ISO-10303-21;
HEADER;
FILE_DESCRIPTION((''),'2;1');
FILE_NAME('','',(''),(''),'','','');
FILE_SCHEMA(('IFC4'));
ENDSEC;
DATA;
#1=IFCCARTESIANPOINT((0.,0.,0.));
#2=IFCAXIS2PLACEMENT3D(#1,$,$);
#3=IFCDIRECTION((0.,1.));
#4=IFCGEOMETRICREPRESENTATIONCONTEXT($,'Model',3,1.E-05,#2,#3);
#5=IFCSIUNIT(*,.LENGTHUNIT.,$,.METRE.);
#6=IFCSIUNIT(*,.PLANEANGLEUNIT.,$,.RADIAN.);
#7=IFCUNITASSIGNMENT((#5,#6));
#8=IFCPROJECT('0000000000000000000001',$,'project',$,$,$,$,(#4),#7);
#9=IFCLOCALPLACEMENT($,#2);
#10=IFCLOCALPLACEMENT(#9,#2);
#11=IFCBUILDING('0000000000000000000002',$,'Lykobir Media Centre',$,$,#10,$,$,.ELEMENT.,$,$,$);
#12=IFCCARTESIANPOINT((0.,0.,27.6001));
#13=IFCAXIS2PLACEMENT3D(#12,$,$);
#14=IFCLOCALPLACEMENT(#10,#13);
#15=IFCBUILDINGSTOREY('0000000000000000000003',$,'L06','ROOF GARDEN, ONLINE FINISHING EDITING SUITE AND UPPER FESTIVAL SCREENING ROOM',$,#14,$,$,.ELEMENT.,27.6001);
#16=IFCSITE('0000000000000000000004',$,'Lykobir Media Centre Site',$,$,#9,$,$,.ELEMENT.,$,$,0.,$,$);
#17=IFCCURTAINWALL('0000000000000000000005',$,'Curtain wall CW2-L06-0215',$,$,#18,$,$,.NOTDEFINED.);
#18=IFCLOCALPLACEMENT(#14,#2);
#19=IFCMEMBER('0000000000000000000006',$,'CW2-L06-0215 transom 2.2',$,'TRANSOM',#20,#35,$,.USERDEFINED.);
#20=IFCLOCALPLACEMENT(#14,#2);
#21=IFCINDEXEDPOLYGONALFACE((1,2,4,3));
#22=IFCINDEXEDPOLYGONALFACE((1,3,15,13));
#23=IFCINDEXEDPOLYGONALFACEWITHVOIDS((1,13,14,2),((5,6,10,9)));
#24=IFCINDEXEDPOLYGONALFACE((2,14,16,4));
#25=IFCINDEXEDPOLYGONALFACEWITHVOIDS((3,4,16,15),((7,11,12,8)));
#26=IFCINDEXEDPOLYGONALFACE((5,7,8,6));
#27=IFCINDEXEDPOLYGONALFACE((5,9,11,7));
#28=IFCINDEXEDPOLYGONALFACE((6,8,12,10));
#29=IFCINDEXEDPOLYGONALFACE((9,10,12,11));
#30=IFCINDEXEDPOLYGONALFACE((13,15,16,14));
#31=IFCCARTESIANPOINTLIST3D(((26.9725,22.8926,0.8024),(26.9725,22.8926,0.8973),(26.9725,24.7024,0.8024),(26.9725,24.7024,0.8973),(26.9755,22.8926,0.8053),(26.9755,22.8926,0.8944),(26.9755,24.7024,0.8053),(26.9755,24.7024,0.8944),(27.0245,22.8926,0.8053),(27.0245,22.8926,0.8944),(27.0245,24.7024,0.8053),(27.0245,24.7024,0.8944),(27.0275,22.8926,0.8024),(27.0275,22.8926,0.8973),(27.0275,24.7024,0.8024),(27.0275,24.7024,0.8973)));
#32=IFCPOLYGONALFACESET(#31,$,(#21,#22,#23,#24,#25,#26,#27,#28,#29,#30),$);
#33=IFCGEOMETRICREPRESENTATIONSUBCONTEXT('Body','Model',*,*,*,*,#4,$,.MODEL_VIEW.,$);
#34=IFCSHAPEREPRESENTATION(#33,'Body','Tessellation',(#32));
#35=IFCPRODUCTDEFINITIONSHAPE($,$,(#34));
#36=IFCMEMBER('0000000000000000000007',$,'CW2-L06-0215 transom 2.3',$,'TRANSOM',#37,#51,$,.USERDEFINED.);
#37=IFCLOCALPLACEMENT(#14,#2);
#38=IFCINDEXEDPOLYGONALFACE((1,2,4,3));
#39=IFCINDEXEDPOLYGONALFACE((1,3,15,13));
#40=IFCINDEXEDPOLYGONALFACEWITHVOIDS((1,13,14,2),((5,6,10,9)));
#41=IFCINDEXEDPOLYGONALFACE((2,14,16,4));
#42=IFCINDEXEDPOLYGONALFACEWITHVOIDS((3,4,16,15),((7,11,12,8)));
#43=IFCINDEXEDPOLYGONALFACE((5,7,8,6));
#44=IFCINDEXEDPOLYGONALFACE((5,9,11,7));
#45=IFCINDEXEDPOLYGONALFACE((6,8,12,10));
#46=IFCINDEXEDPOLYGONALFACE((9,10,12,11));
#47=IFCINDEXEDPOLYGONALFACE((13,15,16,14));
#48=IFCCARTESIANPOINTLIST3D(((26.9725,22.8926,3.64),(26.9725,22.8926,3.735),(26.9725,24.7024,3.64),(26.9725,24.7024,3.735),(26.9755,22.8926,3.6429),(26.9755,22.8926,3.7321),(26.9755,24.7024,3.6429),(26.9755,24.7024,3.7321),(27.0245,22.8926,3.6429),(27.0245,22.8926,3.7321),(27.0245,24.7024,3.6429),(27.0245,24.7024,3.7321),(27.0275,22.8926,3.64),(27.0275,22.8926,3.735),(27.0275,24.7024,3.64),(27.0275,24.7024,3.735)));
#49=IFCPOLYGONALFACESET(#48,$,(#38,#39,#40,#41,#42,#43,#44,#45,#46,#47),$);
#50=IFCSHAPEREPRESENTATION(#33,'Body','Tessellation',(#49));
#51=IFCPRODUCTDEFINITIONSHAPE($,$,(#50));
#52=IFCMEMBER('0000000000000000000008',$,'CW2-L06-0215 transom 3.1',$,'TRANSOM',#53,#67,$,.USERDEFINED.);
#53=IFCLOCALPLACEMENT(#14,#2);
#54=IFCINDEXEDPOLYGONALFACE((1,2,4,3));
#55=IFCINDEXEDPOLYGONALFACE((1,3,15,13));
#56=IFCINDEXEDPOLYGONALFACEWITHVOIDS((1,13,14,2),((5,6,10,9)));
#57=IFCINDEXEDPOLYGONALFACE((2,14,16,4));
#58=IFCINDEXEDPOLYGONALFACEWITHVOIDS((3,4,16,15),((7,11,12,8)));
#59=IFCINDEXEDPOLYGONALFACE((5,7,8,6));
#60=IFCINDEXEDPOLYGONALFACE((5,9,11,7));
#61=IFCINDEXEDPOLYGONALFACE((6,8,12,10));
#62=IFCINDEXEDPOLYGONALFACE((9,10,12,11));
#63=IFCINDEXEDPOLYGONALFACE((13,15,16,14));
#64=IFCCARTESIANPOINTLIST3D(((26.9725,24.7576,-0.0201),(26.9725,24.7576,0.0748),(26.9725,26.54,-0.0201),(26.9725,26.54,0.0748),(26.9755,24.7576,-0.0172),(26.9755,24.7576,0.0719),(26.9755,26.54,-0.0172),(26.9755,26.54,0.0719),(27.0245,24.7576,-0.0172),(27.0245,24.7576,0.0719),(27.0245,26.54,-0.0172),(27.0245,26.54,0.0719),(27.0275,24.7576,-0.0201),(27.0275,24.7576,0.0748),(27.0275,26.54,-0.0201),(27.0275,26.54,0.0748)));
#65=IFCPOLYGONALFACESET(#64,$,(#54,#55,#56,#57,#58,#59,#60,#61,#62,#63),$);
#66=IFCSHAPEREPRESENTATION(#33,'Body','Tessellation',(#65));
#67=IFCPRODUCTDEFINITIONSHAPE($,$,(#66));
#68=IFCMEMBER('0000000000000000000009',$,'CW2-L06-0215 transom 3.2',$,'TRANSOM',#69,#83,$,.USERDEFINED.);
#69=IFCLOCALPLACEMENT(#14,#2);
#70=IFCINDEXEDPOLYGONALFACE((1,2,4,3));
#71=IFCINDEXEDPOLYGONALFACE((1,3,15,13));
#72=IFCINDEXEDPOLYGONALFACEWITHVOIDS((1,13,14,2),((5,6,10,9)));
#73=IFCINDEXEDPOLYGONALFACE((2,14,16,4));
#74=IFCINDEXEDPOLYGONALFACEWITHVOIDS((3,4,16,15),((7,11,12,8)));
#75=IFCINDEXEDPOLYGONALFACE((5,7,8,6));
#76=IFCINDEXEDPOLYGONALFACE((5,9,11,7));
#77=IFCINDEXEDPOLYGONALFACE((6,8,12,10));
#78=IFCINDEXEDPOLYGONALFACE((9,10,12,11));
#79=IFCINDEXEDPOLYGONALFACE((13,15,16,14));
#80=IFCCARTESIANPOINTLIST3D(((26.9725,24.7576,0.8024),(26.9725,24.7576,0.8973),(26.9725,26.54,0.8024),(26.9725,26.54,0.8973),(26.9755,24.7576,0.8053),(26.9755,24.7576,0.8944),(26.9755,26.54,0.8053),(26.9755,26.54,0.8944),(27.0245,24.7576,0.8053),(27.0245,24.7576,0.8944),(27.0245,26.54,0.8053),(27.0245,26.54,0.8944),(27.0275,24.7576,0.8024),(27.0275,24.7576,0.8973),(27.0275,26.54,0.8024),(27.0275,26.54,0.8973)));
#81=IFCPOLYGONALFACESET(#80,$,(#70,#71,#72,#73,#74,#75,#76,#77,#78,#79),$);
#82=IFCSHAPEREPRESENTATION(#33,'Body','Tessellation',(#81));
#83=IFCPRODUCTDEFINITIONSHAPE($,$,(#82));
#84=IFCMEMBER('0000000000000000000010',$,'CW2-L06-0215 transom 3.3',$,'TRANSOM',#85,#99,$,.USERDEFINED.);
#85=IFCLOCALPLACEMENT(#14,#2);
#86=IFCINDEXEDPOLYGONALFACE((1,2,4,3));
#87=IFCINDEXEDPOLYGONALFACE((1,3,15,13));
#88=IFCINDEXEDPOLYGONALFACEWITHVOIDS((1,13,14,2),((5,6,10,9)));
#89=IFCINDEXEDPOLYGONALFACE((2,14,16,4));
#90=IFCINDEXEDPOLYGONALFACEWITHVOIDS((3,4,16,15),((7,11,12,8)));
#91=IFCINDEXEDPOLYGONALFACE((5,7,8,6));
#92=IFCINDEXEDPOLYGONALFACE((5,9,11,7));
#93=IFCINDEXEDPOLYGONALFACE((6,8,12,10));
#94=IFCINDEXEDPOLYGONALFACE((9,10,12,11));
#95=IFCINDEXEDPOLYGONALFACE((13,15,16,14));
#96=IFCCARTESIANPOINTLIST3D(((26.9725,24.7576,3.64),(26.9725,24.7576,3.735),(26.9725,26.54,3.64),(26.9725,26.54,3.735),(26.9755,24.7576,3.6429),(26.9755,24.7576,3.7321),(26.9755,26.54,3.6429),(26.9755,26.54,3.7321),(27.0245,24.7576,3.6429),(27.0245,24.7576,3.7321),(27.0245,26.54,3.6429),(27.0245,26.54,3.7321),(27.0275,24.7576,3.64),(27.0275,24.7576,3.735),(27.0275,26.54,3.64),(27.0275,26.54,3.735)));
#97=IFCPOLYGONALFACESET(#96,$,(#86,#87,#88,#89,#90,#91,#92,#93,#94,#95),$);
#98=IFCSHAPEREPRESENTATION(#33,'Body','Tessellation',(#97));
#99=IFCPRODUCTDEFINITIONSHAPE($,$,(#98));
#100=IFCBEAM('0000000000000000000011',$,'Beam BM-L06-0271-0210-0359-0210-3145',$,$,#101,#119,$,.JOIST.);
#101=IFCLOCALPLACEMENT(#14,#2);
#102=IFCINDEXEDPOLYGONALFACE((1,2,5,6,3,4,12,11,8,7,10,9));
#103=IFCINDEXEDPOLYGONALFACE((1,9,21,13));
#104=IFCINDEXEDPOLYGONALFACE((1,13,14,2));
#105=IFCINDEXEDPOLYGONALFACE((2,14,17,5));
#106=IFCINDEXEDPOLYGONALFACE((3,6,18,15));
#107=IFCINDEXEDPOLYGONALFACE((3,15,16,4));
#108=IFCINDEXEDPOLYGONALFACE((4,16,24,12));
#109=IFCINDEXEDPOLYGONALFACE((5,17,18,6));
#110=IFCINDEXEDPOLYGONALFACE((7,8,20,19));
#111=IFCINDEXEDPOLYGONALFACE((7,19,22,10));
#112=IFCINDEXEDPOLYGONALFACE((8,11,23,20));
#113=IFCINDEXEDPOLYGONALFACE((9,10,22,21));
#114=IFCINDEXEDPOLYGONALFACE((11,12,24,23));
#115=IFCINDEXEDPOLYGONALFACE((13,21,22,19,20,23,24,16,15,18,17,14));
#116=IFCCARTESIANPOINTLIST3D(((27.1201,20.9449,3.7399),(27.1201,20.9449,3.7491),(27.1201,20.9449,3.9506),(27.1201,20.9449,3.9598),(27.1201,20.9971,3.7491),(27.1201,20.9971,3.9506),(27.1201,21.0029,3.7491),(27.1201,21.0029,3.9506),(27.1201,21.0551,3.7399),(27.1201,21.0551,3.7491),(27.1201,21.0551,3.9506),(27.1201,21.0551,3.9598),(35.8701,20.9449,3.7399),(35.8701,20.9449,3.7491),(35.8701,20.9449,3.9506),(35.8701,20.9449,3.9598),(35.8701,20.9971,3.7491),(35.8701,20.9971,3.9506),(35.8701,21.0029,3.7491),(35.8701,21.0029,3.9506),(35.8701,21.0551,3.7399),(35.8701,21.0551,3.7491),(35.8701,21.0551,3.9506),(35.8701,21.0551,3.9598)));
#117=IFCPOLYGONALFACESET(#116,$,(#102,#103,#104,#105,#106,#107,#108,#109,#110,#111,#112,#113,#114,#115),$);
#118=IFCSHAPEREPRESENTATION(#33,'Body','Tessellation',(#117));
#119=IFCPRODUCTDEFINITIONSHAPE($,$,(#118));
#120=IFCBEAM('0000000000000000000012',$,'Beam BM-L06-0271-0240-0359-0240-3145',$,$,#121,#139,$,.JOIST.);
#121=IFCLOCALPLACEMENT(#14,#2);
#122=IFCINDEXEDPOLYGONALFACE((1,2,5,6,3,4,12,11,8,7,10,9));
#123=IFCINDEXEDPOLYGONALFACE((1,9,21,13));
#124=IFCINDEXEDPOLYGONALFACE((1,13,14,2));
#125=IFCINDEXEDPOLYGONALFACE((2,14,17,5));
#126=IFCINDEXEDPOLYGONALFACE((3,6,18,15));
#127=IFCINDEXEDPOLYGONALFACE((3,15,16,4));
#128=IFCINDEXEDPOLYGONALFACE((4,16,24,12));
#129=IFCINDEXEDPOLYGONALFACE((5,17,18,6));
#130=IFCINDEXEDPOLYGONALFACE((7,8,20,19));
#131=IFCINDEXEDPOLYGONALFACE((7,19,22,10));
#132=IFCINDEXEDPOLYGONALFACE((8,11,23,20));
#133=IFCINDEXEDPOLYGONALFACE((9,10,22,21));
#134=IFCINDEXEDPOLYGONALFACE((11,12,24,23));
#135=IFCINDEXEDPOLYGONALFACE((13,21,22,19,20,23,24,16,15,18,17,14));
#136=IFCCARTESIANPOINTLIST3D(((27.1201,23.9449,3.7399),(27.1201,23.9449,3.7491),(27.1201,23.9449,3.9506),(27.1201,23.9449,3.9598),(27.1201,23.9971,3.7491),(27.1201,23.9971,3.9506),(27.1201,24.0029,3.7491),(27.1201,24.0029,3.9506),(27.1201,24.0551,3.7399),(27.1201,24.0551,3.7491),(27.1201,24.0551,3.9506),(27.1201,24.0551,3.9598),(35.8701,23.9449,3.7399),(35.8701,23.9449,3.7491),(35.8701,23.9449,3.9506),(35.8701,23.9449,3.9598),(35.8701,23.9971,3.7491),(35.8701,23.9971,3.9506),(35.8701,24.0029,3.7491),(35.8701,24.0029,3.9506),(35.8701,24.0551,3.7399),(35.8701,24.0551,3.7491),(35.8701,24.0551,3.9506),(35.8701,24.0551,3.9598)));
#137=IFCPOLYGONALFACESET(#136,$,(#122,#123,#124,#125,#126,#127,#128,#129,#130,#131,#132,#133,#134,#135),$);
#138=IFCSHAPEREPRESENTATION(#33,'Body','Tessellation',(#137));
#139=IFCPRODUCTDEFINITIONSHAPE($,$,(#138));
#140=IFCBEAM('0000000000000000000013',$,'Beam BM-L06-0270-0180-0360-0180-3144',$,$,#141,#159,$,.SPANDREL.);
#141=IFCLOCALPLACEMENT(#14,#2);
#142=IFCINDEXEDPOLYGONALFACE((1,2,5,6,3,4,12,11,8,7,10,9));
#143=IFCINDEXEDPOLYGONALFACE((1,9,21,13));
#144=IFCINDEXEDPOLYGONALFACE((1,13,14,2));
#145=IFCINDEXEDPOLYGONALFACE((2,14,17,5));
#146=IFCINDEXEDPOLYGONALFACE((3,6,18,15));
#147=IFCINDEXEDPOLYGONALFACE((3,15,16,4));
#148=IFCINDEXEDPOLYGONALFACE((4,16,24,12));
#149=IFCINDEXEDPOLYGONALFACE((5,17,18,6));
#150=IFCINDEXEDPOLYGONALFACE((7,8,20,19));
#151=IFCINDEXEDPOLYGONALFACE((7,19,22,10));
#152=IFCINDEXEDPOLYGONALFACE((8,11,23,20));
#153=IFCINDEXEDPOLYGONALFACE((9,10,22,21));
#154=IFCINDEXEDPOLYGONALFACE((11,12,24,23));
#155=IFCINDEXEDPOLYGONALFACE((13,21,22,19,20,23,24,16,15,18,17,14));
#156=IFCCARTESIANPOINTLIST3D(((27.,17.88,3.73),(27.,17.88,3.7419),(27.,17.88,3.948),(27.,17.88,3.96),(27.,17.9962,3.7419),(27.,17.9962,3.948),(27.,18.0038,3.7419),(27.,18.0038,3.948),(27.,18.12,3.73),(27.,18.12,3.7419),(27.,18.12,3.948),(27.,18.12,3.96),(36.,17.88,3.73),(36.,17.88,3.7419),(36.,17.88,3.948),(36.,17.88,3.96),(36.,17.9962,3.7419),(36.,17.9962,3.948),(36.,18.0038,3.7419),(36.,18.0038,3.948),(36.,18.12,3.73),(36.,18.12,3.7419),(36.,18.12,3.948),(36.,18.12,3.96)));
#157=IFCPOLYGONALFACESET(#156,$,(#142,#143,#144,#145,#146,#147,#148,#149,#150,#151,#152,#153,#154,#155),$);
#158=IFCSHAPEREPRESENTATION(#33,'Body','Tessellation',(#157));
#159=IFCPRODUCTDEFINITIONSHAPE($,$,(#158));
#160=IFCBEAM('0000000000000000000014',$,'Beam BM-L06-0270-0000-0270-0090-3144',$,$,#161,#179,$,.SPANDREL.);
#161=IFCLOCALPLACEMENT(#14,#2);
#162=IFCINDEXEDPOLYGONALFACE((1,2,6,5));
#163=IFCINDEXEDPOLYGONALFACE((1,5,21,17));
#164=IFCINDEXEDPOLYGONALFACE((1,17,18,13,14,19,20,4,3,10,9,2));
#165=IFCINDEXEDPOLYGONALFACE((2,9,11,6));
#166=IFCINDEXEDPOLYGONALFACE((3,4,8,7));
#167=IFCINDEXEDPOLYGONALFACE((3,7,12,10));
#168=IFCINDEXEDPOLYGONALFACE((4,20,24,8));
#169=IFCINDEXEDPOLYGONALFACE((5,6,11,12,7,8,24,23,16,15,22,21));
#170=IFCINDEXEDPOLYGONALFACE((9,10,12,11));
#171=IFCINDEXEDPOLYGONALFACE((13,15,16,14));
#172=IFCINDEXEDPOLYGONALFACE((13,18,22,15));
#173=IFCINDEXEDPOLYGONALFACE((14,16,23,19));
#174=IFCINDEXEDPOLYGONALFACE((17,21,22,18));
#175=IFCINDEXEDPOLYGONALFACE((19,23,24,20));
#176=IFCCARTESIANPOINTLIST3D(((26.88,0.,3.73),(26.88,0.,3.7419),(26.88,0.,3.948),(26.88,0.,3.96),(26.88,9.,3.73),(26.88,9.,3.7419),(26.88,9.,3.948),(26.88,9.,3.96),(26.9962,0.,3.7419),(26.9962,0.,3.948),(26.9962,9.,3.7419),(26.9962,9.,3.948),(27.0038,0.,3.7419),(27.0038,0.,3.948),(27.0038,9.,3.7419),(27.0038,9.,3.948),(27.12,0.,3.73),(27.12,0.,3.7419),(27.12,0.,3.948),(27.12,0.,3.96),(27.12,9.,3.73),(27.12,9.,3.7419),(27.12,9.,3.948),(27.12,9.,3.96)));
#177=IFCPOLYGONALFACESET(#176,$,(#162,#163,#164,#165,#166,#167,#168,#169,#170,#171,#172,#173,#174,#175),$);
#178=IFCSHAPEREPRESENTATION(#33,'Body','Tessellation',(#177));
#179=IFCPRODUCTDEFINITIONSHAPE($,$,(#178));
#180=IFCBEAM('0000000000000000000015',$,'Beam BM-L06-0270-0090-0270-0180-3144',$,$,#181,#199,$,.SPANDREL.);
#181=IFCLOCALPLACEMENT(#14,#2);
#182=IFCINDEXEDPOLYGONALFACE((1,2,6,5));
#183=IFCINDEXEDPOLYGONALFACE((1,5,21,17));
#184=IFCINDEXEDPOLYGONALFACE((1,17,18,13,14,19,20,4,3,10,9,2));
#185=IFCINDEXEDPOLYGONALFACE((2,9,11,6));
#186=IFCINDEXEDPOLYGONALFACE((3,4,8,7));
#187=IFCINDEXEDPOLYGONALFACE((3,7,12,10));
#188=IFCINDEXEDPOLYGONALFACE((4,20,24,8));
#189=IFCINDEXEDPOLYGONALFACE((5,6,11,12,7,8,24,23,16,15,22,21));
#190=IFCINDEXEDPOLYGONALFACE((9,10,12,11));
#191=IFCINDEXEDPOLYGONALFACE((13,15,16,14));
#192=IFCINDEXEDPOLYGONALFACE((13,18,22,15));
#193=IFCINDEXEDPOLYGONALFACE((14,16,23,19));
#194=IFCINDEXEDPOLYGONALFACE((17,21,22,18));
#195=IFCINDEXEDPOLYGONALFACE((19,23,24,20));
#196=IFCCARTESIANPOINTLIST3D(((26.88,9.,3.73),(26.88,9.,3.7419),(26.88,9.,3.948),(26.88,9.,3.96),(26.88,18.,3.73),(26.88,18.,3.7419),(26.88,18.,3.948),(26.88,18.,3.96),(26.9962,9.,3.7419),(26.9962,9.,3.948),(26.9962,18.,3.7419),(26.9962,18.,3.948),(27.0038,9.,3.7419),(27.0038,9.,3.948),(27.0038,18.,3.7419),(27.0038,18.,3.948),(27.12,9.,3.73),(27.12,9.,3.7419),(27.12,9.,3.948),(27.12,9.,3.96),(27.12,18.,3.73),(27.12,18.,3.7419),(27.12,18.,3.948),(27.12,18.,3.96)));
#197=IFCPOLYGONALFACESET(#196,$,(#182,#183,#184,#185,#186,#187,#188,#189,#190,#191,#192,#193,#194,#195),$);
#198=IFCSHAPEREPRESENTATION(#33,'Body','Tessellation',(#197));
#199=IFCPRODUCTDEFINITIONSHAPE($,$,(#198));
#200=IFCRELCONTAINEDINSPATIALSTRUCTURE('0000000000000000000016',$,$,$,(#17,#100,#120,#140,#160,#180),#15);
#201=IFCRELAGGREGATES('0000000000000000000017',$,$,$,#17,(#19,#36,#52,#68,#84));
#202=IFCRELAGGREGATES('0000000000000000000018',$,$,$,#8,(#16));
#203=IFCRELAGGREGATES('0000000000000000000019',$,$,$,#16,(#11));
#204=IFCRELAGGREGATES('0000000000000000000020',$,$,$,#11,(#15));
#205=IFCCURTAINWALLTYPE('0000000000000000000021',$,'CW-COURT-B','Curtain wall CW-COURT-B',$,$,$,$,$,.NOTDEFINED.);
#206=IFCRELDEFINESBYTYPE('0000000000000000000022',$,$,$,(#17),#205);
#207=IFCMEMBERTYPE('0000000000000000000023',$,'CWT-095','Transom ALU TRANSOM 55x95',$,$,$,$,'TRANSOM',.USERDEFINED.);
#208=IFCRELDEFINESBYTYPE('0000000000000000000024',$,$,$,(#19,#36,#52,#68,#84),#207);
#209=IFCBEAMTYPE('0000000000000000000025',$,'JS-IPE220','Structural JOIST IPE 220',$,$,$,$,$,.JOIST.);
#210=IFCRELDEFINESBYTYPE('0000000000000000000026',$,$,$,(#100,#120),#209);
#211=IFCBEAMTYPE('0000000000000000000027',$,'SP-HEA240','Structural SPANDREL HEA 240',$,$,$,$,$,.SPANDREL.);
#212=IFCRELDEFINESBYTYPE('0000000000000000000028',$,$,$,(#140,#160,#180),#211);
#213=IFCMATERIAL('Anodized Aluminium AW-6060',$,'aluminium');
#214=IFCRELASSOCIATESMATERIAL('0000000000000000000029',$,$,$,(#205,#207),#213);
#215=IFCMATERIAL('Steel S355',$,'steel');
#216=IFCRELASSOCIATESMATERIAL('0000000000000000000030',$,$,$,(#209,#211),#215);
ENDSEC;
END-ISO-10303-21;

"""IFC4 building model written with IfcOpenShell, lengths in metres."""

from ifc_helpers import new_model, si_unit, direction, frame, origin, origin_2d, place, context, subcontext, project, spatial, hollow_rectangle, i_section, extrude, material, material_profile, profile_set, type_object, element, aggregate, save


model = new_model("IFC4")

# Units and contexts
model_context = context("Model", 3, precision=1e-05, world=origin(), true_north=direction((0.0, 1.0)))
body_context = subcontext(model_context, "Body", "Model", "MODEL_VIEW")
ifc_project = project(units=[si_unit("LENGTHUNIT", "METRE"), si_unit("PLANEANGLEUNIT", "RADIAN")], contexts=[model_context])

# Site, building, storey
site_placement = place(None, origin())
site = spatial("IfcSite", under=ifc_project, at=site_placement, Name="Lykobir Media Centre Site", CompositionType="ELEMENT", RefElevation=0.0)
building_placement = place(site_placement, origin())
building = spatial("IfcBuilding", under=site, at=building_placement, Name="Lykobir Media Centre", CompositionType="ELEMENT")
storey_placement = place(building_placement, frame((0.0, 0.0, 27.6001)))
storey = spatial("IfcBuildingStorey", under=building, at=storey_placement, Name="L06", Description="ROOF GARDEN, ONLINE FINISHING EDITING SUITE AND UPPER FESTIVAL SCREENING ROOM", CompositionType="ELEMENT", Elevation=27.6001)

# Shared definitions
ifc_material_1 = material(Name="Steel S355", Category="steel")

# Curtain wall, members
ifc_material_2 = material(Name="Anodized Aluminium AW-6060", Category="aluminium")
curtain_wall_type = type_object("IfcCurtainWallType", Name="CW-COURT-B", Description="Curtain wall CW-COURT-B", PredefinedType="NOTDEFINED", material=ifc_material_2)
curtain_wall_placement = place(storey_placement, origin())
curtain_wall = element("IfcCurtainWall", 1, at=curtain_wall_placement, inside=storey, type_object=curtain_wall_type, Name="Curtain wall CW2-L06-0215", PredefinedType="NOTDEFINED")
ifc_material_profile_1 = material_profile(ifc_material_2, hollow_rectangle(XDim=0.0549, YDim=0.095, WallThickness=0.0029, at=origin_2d()), Name="ALU TRANSOM 55x95")
ifc_profile_set_1 = profile_set([ifc_material_profile_1], Name="Anodized Aluminium AW-6060")
member_type_1 = type_object("IfcMemberType", Name="CWT-095", Description="Transom ALU TRANSOM 55x95", ElementType="TRANSOM", PredefinedType="USERDEFINED", material=ifc_profile_set_1)
member_1_placement = place(storey_placement, frame((27.0, 22.8926, 0.8499), z_axis=(0.0, 1.0, 0.0), x_axis=(-1.0, 0.0, 0.0)))
member_1 = element("IfcMember", 2, at=member_1_placement, type_object=member_type_1, Name="CW2-L06-0215 transom 2.2", ObjectType="TRANSOM", PredefinedType="USERDEFINED", context=body_context, shape_type="SweptSolid", body=[
    extrude(hollow_rectangle(XDim=0.0549, YDim=0.095, WallThickness=0.0029, at=origin_2d()), origin(), (0.0, 0.0, 1.0), 1.8098),
])
member_2_placement = place(storey_placement, frame((27.0, 22.8926, 3.6875), z_axis=(0.0, 1.0, 0.0), x_axis=(-1.0, 0.0, 0.0)))
member_2 = element("IfcMember", 3, at=member_2_placement, type_object=member_type_1, Name="CW2-L06-0215 transom 2.3", ObjectType="TRANSOM", PredefinedType="USERDEFINED", context=body_context, shape_type="SweptSolid", body=[
    extrude(hollow_rectangle(XDim=0.0549, YDim=0.095, WallThickness=0.0029, at=origin_2d()), origin(), (0.0, 0.0, 1.0), 1.8098),
])
member_3_placement = place(storey_placement, frame((27.0, 24.7576, 0.0273), z_axis=(0.0, 1.0, 0.0), x_axis=(-1.0, 0.0, 0.0)))
member_3 = element("IfcMember", 4, at=member_3_placement, type_object=member_type_1, Name="CW2-L06-0215 transom 3.1", ObjectType="TRANSOM", PredefinedType="USERDEFINED", context=body_context, shape_type="SweptSolid", body=[
    extrude(hollow_rectangle(XDim=0.0549, YDim=0.095, WallThickness=0.0029, at=origin_2d()), origin(), (0.0, 0.0, 1.0), 1.7825),
])
member_4_placement = place(storey_placement, frame((27.0, 24.7576, 0.8499), z_axis=(0.0, 1.0, 0.0), x_axis=(-1.0, 0.0, 0.0)))
member_4 = element("IfcMember", 5, at=member_4_placement, type_object=member_type_1, Name="CW2-L06-0215 transom 3.2", ObjectType="TRANSOM", PredefinedType="USERDEFINED", context=body_context, shape_type="SweptSolid", body=[
    extrude(hollow_rectangle(XDim=0.0549, YDim=0.095, WallThickness=0.0029, at=origin_2d()), origin(), (0.0, 0.0, 1.0), 1.7825),
])
member_5_placement = place(storey_placement, frame((27.0, 24.7576, 3.6875), z_axis=(0.0, 1.0, 0.0), x_axis=(-1.0, 0.0, 0.0)))
member_5 = element("IfcMember", 6, at=member_5_placement, type_object=member_type_1, Name="CW2-L06-0215 transom 3.3", ObjectType="TRANSOM", PredefinedType="USERDEFINED", context=body_context, shape_type="SweptSolid", body=[
    extrude(hollow_rectangle(XDim=0.0549, YDim=0.095, WallThickness=0.0029, at=origin_2d()), origin(), (0.0, 0.0, 1.0), 1.7825),
])

# Beams
ifc_material_profile_2 = material_profile(ifc_material_1, i_section(OverallWidth=0.1101, OverallDepth=0.22, WebThickness=0.0059, FlangeThickness=0.0093, at=origin_2d()), Name="IPE 220")
ifc_profile_set_2 = profile_set([ifc_material_profile_2], Name="Steel S355")
beam_type_1 = type_object("IfcBeamType", Name="JS-IPE220", Description="Structural JOIST IPE 220", PredefinedType="JOIST", material=ifc_profile_set_2)
for number, where, z_axis, x_axis, name in (
    (7, (27.1201, 21.0, 3.8499), (1.0, 0.0, 0.0), (0.0, 1.0, 0.0), "Beam BM-L06-0271-0210-0359-0210-3145"),
    (8, (27.1201, 24.0, 3.8499), (1.0, 0.0, 0.0), (0.0, 1.0, 0.0), "Beam BM-L06-0271-0240-0359-0240-3145"),
):
    element("IfcBeam", number, at=place(storey_placement, frame(where, z_axis=z_axis, x_axis=x_axis)), inside=storey, type_object=beam_type_1, Name=name, PredefinedType="JOIST", context=body_context, shape_type="SweptSolid", body=[
        extrude(i_section(OverallWidth=0.1101, OverallDepth=0.22, WebThickness=0.0059, FlangeThickness=0.0093, at=origin_2d()), origin(), (0.0, 0.0, 1.0), 8.75),
    ])
ifc_material_profile_3 = material_profile(ifc_material_1, i_section(OverallWidth=0.24, OverallDepth=0.23, WebThickness=0.0076, FlangeThickness=0.012, at=origin_2d()), Name="HEA 240")
ifc_profile_set_3 = profile_set([ifc_material_profile_3], Name="Steel S355")
beam_type_2 = type_object("IfcBeamType", Name="SP-HEA240", Description="Structural SPANDREL HEA 240", PredefinedType="SPANDREL", material=ifc_profile_set_3)
for number, where, z_axis, x_axis, name in (
    (9, (27.0, 18.0, 3.845), (1.0, 0.0, 0.0), (0.0, 1.0, 0.0), "Beam BM-L06-0270-0180-0360-0180-3144"),
    (10, (27.0, 0.0, 3.845), (0.0, 1.0, 0.0), (-1.0, 0.0, 0.0), "Beam BM-L06-0270-0000-0270-0090-3144"),
    (11, (27.0, 9.0, 3.845), (0.0, 1.0, 0.0), (-1.0, 0.0, 0.0), "Beam BM-L06-0270-0090-0270-0180-3144"),
):
    element("IfcBeam", number, at=place(storey_placement, frame(where, z_axis=z_axis, x_axis=x_axis)), inside=storey, type_object=beam_type_2, Name=name, PredefinedType="SPANDREL", context=body_context, shape_type="SweptSolid", body=[
        extrude(i_section(OverallWidth=0.24, OverallDepth=0.23, WebThickness=0.0076, FlangeThickness=0.012, at=origin_2d()), origin(), (0.0, 0.0, 1.0), 9.0),
    ])

aggregate(curtain_wall, [member_1, member_2, member_3, member_4, member_5])

save(model, "model.ifc")
